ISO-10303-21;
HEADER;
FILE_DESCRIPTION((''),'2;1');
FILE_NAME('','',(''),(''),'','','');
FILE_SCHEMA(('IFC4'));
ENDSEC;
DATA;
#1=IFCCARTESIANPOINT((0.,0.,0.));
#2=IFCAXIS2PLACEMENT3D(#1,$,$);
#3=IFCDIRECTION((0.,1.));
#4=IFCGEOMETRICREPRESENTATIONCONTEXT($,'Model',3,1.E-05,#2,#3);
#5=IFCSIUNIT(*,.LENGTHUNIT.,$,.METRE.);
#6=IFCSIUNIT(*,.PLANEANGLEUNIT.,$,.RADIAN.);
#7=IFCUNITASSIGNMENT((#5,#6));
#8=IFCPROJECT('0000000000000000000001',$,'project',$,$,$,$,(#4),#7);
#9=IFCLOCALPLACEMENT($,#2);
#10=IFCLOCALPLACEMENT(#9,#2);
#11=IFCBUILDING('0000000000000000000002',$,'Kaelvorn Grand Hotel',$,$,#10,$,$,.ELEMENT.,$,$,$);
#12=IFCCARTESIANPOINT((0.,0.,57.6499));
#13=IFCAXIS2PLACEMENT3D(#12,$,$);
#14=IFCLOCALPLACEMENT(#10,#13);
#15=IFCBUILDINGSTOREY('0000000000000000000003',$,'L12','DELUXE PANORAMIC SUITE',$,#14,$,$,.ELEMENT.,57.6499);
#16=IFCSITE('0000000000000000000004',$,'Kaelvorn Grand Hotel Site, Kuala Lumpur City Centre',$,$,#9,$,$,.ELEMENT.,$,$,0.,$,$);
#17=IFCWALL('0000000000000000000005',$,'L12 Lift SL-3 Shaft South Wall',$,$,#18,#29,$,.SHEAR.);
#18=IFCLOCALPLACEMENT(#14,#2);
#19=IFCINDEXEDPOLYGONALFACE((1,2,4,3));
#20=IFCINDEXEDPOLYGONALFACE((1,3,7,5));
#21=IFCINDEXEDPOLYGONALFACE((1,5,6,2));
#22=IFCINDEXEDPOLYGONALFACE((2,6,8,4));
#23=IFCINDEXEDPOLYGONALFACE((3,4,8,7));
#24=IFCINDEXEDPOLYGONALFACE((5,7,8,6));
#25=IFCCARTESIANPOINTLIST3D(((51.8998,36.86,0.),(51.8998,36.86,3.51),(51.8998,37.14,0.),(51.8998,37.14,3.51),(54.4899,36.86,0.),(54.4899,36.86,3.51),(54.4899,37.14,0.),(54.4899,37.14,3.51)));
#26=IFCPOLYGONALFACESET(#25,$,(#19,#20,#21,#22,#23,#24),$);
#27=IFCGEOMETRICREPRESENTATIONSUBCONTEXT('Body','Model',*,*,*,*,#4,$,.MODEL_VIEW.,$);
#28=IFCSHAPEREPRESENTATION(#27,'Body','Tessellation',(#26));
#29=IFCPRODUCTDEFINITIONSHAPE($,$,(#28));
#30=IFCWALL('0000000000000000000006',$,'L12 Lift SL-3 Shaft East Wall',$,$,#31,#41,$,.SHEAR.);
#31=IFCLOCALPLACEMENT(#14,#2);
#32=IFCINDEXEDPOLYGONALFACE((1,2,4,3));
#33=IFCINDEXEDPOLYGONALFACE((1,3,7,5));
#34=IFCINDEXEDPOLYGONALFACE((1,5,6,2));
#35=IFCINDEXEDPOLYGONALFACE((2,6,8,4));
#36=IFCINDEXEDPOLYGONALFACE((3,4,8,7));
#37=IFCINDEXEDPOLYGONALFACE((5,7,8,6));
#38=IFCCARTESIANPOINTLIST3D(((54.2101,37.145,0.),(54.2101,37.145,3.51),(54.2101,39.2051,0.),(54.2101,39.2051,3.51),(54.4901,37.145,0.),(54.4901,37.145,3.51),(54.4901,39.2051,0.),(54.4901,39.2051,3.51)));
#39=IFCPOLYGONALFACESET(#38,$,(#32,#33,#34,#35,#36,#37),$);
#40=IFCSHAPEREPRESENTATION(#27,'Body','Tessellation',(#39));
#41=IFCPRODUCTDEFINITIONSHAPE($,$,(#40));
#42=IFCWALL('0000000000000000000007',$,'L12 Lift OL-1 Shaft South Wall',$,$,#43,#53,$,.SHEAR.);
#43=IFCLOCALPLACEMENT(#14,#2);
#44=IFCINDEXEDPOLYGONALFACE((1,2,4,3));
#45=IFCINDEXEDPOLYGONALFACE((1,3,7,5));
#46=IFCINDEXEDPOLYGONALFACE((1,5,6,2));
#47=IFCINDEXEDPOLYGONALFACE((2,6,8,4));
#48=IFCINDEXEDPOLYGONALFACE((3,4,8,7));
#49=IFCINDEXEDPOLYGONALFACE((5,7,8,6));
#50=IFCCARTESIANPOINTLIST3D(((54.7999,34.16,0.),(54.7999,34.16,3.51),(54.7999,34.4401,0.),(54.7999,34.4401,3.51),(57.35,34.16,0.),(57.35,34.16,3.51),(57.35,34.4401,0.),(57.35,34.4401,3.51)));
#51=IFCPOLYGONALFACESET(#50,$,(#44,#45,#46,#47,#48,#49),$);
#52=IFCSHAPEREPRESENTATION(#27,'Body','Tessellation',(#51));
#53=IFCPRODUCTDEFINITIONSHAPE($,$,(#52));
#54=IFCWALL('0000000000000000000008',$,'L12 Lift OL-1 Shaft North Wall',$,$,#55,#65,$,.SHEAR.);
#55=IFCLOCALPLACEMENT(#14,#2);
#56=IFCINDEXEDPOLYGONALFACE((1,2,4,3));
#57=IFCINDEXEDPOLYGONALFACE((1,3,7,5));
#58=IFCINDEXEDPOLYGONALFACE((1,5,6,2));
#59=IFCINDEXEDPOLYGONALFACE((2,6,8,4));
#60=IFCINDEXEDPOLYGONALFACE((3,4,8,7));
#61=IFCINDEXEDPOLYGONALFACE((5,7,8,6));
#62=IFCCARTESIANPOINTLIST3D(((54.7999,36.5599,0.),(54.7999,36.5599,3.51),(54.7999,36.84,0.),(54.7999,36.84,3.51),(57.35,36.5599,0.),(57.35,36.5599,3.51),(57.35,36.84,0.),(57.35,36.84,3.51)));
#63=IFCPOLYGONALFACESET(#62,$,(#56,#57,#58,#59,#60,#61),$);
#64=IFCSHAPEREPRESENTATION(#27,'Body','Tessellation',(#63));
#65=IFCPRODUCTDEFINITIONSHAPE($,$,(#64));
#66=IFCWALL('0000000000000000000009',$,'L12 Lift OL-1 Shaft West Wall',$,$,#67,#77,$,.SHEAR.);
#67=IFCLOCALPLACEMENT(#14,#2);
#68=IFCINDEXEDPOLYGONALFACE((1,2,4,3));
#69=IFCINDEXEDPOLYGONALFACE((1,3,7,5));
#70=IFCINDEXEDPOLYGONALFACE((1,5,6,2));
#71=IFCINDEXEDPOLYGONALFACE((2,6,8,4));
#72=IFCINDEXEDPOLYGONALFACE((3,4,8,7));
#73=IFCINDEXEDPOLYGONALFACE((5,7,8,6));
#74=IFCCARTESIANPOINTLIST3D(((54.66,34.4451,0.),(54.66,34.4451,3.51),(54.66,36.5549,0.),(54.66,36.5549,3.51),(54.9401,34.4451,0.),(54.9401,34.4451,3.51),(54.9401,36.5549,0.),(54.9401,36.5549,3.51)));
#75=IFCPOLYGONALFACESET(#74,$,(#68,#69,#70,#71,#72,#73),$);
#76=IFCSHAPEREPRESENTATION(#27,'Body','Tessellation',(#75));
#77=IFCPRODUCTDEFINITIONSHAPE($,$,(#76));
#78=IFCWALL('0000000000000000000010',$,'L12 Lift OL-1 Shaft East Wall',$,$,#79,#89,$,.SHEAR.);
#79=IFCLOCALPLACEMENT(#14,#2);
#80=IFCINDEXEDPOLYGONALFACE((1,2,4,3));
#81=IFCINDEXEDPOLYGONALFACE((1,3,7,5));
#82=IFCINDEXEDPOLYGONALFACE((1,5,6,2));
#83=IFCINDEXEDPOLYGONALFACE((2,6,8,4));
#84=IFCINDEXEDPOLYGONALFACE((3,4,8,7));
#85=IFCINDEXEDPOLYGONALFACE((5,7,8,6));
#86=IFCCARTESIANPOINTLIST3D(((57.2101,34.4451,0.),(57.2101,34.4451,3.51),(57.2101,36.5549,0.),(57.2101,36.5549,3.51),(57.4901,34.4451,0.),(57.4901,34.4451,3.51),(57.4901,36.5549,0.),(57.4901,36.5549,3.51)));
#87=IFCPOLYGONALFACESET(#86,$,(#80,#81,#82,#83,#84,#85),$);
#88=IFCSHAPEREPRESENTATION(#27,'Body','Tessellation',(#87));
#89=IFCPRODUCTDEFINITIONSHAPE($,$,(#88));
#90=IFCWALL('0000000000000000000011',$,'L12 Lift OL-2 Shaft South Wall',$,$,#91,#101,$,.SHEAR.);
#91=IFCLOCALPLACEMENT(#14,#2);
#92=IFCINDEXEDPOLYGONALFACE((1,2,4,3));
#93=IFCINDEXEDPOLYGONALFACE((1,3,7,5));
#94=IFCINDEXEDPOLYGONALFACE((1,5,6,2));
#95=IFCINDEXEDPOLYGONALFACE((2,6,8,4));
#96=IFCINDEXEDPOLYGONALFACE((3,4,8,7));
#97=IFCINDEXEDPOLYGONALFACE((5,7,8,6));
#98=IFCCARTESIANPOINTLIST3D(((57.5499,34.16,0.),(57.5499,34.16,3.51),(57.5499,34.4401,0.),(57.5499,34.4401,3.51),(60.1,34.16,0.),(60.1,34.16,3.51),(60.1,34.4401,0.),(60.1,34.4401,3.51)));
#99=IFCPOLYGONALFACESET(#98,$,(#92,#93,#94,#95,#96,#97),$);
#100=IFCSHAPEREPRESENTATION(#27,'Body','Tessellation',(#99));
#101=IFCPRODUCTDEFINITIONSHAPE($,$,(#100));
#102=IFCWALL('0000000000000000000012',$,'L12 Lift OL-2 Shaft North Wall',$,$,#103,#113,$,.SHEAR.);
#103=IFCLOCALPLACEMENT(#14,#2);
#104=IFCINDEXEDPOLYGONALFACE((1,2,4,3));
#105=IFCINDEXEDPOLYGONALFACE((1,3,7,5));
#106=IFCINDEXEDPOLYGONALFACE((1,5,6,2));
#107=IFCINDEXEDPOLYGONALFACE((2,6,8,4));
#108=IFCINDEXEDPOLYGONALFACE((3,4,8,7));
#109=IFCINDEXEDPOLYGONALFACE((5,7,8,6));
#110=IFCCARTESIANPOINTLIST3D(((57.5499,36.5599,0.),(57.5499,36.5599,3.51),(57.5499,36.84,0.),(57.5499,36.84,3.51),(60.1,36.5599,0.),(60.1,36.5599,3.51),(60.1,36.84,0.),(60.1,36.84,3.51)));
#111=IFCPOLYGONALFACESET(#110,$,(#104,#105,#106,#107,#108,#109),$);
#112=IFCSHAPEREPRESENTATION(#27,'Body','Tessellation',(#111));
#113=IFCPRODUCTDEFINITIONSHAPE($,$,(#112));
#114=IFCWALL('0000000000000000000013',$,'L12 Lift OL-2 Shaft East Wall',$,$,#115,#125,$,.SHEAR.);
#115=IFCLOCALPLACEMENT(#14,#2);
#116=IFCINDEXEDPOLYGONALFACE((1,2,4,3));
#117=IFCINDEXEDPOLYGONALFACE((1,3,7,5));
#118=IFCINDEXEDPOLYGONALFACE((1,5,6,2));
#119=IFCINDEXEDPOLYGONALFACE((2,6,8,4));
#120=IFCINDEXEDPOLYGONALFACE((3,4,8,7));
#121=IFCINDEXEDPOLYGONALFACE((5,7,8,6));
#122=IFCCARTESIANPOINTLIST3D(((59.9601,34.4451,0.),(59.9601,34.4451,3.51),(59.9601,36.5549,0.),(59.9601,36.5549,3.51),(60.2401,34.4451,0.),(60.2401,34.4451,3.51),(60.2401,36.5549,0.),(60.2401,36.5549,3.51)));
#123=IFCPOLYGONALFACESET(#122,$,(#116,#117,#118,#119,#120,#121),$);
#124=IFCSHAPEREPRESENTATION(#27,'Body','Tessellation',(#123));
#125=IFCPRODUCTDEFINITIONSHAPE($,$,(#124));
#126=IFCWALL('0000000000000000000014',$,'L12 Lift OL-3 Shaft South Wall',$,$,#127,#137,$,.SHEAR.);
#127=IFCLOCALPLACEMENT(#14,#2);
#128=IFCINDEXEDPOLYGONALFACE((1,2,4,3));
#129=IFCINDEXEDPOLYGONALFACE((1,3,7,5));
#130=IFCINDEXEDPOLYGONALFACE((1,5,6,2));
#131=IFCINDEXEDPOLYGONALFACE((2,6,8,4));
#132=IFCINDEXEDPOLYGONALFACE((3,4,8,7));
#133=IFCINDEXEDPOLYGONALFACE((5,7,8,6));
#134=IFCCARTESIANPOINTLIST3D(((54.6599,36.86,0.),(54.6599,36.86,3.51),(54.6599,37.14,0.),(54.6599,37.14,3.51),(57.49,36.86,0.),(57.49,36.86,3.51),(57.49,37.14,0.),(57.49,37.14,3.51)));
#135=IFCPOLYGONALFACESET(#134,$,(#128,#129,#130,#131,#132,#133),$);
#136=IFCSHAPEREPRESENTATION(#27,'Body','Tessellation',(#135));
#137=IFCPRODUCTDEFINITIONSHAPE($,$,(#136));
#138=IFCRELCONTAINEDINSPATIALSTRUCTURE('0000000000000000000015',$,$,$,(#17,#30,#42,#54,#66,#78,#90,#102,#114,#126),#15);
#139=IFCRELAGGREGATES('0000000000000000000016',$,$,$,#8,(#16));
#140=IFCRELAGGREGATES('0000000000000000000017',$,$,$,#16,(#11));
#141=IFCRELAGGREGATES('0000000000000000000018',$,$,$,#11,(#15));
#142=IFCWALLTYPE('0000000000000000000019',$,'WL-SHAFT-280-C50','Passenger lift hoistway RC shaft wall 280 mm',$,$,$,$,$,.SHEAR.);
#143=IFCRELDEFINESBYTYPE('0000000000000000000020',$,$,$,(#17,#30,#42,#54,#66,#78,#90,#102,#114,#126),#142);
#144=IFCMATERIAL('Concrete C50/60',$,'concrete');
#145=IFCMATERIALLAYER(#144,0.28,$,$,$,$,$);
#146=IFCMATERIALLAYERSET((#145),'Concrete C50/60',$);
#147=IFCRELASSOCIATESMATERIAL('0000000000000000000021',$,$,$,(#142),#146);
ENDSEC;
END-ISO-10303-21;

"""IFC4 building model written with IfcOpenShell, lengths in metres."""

from ifc_helpers import new_model, si_unit, direction, frame, frame_2d, origin, place, context, subcontext, project, spatial, rectangle, extrude, material, layer, layer_set, type_object, element, save


model = new_model("IFC4")

# Units and contexts
model_context = context("Model", 3, precision=1e-05, world=origin(), true_north=direction((0.0, 1.0)))
body_context = subcontext(model_context, "Body", "Model", "MODEL_VIEW")
ifc_project = project(units=[si_unit("LENGTHUNIT", "METRE"), si_unit("PLANEANGLEUNIT", "RADIAN")], contexts=[model_context])

# Site, building, storey
site_placement = place(None, origin())
site = spatial("IfcSite", under=ifc_project, at=site_placement, Name="Kaelvorn Grand Hotel Site, Kuala Lumpur City Centre", CompositionType="ELEMENT", RefElevation=0.0)
building_placement = place(site_placement, origin())
building = spatial("IfcBuilding", under=site, at=building_placement, Name="Kaelvorn Grand Hotel", CompositionType="ELEMENT")
storey_placement = place(building_placement, frame((0.0, 0.0, 57.6499)))
storey = spatial("IfcBuildingStorey", under=building, at=storey_placement, Name="L12", Description="DELUXE PANORAMIC SUITE", CompositionType="ELEMENT", Elevation=57.6499)

# Walls
ifc_material_1 = material(Name="Concrete C50/60", Category="concrete")
ifc_layer_1 = layer(ifc_material_1, 0.28)
ifc_layer_set_1 = layer_set([ifc_layer_1], Name="Concrete C50/60")
wall_type_1 = type_object("IfcWallType", Name="WL-SHAFT-280-C50", Description="Passenger lift hoistway RC shaft wall 280 mm", PredefinedType="SHEAR", material=ifc_layer_set_1)
wall_1_placement = place(storey_placement, frame((51.8999, 37.0, 0.0), z_axis=(0.0, 0.0, 1.0), x_axis=(1.0, 0.0, 0.0)))
element("IfcWall", 1, at=wall_1_placement, inside=storey, type_object=wall_type_1, Name="L12 Lift SL-3 Shaft South Wall", PredefinedType="SHEAR", context=body_context, shape_type="SweptSolid", body=[
    extrude(rectangle(XDim=2.5901, YDim=0.28, at=frame_2d((1.2949, 0.0))), origin(), (0.0, 0.0, 1.0), 3.51),
])
wall_2_placement = place(storey_placement, frame((54.3501, 37.145, 0.0), z_axis=(0.0, 0.0, 1.0), x_axis=(0.0, 1.0, 0.0)))
element("IfcWall", 2, at=wall_2_placement, inside=storey, type_object=wall_type_1, Name="L12 Lift SL-3 Shaft East Wall", PredefinedType="SHEAR", context=body_context, shape_type="SweptSolid", body=[
    extrude(rectangle(XDim=2.0601, YDim=0.28, at=frame_2d((1.03, 0.0))), origin(), (0.0, 0.0, 1.0), 3.51),
])
for number, where, z_axis, x_axis, name in (
    (3, (54.8, 34.3, 0.0), (0.0, 0.0, 1.0), (1.0, 0.0, 0.0), "L12 Lift OL-1 Shaft South Wall"),
    (4, (54.8, 36.7, 0.0), (0.0, 0.0, 1.0), (1.0, 0.0, 0.0), "L12 Lift OL-1 Shaft North Wall"),
):
    element("IfcWall", number, at=place(storey_placement, frame(where, z_axis=z_axis, x_axis=x_axis)), inside=storey, type_object=wall_type_1, Name=name, PredefinedType="SHEAR", context=body_context, shape_type="SweptSolid", body=[
        extrude(rectangle(XDim=2.55, YDim=0.28, at=frame_2d((1.2749, 0.0))), origin(), (0.0, 0.0, 1.0), 3.51),
    ])
for number, where, z_axis, x_axis, name in (
    (5, (54.8, 34.4451, 0.0), (0.0, 0.0, 1.0), (0.0, 1.0, 0.0), "L12 Lift OL-1 Shaft West Wall"),
    (6, (57.3501, 34.4451, 0.0), (0.0, 0.0, 1.0), (0.0, 1.0, 0.0), "L12 Lift OL-1 Shaft East Wall"),
):
    element("IfcWall", number, at=place(storey_placement, frame(where, z_axis=z_axis, x_axis=x_axis)), inside=storey, type_object=wall_type_1, Name=name, PredefinedType="SHEAR", context=body_context, shape_type="SweptSolid", body=[
        extrude(rectangle(XDim=2.1099, YDim=0.28, at=frame_2d((1.0549, 0.0))), origin(), (0.0, 0.0, 1.0), 3.51),
    ])
for number, where, z_axis, x_axis, name in (
    (7, (57.55, 34.3, 0.0), (0.0, 0.0, 1.0), (1.0, 0.0, 0.0), "L12 Lift OL-2 Shaft South Wall"),
    (8, (57.55, 36.7, 0.0), (0.0, 0.0, 1.0), (1.0, 0.0, 0.0), "L12 Lift OL-2 Shaft North Wall"),
):
    element("IfcWall", number, at=place(storey_placement, frame(where, z_axis=z_axis, x_axis=x_axis)), inside=storey, type_object=wall_type_1, Name=name, PredefinedType="SHEAR", context=body_context, shape_type="SweptSolid", body=[
        extrude(rectangle(XDim=2.55, YDim=0.28, at=frame_2d((1.2749, 0.0))), origin(), (0.0, 0.0, 1.0), 3.51),
    ])
wall_3_placement = place(storey_placement, frame((60.1001, 34.4451, 0.0), z_axis=(0.0, 0.0, 1.0), x_axis=(0.0, 1.0, 0.0)))
element("IfcWall", 9, at=wall_3_placement, inside=storey, type_object=wall_type_1, Name="L12 Lift OL-2 Shaft East Wall", PredefinedType="SHEAR", context=body_context, shape_type="SweptSolid", body=[
    extrude(rectangle(XDim=2.1099, YDim=0.28, at=frame_2d((1.0549, 0.0))), origin(), (0.0, 0.0, 1.0), 3.51),
])
wall_4_placement = place(storey_placement, frame((54.6599, 37.0, 0.0), z_axis=(0.0, 0.0, 1.0), x_axis=(1.0, 0.0, 0.0)))
element("IfcWall", 10, at=wall_4_placement, inside=storey, type_object=wall_type_1, Name="L12 Lift OL-3 Shaft South Wall", PredefinedType="SHEAR", context=body_context, shape_type="SweptSolid", body=[
    extrude(rectangle(XDim=2.8301, YDim=0.28, at=frame_2d((1.415, 0.0))), origin(), (0.0, 0.0, 1.0), 3.51),
])

save(model, "model.ifc")
